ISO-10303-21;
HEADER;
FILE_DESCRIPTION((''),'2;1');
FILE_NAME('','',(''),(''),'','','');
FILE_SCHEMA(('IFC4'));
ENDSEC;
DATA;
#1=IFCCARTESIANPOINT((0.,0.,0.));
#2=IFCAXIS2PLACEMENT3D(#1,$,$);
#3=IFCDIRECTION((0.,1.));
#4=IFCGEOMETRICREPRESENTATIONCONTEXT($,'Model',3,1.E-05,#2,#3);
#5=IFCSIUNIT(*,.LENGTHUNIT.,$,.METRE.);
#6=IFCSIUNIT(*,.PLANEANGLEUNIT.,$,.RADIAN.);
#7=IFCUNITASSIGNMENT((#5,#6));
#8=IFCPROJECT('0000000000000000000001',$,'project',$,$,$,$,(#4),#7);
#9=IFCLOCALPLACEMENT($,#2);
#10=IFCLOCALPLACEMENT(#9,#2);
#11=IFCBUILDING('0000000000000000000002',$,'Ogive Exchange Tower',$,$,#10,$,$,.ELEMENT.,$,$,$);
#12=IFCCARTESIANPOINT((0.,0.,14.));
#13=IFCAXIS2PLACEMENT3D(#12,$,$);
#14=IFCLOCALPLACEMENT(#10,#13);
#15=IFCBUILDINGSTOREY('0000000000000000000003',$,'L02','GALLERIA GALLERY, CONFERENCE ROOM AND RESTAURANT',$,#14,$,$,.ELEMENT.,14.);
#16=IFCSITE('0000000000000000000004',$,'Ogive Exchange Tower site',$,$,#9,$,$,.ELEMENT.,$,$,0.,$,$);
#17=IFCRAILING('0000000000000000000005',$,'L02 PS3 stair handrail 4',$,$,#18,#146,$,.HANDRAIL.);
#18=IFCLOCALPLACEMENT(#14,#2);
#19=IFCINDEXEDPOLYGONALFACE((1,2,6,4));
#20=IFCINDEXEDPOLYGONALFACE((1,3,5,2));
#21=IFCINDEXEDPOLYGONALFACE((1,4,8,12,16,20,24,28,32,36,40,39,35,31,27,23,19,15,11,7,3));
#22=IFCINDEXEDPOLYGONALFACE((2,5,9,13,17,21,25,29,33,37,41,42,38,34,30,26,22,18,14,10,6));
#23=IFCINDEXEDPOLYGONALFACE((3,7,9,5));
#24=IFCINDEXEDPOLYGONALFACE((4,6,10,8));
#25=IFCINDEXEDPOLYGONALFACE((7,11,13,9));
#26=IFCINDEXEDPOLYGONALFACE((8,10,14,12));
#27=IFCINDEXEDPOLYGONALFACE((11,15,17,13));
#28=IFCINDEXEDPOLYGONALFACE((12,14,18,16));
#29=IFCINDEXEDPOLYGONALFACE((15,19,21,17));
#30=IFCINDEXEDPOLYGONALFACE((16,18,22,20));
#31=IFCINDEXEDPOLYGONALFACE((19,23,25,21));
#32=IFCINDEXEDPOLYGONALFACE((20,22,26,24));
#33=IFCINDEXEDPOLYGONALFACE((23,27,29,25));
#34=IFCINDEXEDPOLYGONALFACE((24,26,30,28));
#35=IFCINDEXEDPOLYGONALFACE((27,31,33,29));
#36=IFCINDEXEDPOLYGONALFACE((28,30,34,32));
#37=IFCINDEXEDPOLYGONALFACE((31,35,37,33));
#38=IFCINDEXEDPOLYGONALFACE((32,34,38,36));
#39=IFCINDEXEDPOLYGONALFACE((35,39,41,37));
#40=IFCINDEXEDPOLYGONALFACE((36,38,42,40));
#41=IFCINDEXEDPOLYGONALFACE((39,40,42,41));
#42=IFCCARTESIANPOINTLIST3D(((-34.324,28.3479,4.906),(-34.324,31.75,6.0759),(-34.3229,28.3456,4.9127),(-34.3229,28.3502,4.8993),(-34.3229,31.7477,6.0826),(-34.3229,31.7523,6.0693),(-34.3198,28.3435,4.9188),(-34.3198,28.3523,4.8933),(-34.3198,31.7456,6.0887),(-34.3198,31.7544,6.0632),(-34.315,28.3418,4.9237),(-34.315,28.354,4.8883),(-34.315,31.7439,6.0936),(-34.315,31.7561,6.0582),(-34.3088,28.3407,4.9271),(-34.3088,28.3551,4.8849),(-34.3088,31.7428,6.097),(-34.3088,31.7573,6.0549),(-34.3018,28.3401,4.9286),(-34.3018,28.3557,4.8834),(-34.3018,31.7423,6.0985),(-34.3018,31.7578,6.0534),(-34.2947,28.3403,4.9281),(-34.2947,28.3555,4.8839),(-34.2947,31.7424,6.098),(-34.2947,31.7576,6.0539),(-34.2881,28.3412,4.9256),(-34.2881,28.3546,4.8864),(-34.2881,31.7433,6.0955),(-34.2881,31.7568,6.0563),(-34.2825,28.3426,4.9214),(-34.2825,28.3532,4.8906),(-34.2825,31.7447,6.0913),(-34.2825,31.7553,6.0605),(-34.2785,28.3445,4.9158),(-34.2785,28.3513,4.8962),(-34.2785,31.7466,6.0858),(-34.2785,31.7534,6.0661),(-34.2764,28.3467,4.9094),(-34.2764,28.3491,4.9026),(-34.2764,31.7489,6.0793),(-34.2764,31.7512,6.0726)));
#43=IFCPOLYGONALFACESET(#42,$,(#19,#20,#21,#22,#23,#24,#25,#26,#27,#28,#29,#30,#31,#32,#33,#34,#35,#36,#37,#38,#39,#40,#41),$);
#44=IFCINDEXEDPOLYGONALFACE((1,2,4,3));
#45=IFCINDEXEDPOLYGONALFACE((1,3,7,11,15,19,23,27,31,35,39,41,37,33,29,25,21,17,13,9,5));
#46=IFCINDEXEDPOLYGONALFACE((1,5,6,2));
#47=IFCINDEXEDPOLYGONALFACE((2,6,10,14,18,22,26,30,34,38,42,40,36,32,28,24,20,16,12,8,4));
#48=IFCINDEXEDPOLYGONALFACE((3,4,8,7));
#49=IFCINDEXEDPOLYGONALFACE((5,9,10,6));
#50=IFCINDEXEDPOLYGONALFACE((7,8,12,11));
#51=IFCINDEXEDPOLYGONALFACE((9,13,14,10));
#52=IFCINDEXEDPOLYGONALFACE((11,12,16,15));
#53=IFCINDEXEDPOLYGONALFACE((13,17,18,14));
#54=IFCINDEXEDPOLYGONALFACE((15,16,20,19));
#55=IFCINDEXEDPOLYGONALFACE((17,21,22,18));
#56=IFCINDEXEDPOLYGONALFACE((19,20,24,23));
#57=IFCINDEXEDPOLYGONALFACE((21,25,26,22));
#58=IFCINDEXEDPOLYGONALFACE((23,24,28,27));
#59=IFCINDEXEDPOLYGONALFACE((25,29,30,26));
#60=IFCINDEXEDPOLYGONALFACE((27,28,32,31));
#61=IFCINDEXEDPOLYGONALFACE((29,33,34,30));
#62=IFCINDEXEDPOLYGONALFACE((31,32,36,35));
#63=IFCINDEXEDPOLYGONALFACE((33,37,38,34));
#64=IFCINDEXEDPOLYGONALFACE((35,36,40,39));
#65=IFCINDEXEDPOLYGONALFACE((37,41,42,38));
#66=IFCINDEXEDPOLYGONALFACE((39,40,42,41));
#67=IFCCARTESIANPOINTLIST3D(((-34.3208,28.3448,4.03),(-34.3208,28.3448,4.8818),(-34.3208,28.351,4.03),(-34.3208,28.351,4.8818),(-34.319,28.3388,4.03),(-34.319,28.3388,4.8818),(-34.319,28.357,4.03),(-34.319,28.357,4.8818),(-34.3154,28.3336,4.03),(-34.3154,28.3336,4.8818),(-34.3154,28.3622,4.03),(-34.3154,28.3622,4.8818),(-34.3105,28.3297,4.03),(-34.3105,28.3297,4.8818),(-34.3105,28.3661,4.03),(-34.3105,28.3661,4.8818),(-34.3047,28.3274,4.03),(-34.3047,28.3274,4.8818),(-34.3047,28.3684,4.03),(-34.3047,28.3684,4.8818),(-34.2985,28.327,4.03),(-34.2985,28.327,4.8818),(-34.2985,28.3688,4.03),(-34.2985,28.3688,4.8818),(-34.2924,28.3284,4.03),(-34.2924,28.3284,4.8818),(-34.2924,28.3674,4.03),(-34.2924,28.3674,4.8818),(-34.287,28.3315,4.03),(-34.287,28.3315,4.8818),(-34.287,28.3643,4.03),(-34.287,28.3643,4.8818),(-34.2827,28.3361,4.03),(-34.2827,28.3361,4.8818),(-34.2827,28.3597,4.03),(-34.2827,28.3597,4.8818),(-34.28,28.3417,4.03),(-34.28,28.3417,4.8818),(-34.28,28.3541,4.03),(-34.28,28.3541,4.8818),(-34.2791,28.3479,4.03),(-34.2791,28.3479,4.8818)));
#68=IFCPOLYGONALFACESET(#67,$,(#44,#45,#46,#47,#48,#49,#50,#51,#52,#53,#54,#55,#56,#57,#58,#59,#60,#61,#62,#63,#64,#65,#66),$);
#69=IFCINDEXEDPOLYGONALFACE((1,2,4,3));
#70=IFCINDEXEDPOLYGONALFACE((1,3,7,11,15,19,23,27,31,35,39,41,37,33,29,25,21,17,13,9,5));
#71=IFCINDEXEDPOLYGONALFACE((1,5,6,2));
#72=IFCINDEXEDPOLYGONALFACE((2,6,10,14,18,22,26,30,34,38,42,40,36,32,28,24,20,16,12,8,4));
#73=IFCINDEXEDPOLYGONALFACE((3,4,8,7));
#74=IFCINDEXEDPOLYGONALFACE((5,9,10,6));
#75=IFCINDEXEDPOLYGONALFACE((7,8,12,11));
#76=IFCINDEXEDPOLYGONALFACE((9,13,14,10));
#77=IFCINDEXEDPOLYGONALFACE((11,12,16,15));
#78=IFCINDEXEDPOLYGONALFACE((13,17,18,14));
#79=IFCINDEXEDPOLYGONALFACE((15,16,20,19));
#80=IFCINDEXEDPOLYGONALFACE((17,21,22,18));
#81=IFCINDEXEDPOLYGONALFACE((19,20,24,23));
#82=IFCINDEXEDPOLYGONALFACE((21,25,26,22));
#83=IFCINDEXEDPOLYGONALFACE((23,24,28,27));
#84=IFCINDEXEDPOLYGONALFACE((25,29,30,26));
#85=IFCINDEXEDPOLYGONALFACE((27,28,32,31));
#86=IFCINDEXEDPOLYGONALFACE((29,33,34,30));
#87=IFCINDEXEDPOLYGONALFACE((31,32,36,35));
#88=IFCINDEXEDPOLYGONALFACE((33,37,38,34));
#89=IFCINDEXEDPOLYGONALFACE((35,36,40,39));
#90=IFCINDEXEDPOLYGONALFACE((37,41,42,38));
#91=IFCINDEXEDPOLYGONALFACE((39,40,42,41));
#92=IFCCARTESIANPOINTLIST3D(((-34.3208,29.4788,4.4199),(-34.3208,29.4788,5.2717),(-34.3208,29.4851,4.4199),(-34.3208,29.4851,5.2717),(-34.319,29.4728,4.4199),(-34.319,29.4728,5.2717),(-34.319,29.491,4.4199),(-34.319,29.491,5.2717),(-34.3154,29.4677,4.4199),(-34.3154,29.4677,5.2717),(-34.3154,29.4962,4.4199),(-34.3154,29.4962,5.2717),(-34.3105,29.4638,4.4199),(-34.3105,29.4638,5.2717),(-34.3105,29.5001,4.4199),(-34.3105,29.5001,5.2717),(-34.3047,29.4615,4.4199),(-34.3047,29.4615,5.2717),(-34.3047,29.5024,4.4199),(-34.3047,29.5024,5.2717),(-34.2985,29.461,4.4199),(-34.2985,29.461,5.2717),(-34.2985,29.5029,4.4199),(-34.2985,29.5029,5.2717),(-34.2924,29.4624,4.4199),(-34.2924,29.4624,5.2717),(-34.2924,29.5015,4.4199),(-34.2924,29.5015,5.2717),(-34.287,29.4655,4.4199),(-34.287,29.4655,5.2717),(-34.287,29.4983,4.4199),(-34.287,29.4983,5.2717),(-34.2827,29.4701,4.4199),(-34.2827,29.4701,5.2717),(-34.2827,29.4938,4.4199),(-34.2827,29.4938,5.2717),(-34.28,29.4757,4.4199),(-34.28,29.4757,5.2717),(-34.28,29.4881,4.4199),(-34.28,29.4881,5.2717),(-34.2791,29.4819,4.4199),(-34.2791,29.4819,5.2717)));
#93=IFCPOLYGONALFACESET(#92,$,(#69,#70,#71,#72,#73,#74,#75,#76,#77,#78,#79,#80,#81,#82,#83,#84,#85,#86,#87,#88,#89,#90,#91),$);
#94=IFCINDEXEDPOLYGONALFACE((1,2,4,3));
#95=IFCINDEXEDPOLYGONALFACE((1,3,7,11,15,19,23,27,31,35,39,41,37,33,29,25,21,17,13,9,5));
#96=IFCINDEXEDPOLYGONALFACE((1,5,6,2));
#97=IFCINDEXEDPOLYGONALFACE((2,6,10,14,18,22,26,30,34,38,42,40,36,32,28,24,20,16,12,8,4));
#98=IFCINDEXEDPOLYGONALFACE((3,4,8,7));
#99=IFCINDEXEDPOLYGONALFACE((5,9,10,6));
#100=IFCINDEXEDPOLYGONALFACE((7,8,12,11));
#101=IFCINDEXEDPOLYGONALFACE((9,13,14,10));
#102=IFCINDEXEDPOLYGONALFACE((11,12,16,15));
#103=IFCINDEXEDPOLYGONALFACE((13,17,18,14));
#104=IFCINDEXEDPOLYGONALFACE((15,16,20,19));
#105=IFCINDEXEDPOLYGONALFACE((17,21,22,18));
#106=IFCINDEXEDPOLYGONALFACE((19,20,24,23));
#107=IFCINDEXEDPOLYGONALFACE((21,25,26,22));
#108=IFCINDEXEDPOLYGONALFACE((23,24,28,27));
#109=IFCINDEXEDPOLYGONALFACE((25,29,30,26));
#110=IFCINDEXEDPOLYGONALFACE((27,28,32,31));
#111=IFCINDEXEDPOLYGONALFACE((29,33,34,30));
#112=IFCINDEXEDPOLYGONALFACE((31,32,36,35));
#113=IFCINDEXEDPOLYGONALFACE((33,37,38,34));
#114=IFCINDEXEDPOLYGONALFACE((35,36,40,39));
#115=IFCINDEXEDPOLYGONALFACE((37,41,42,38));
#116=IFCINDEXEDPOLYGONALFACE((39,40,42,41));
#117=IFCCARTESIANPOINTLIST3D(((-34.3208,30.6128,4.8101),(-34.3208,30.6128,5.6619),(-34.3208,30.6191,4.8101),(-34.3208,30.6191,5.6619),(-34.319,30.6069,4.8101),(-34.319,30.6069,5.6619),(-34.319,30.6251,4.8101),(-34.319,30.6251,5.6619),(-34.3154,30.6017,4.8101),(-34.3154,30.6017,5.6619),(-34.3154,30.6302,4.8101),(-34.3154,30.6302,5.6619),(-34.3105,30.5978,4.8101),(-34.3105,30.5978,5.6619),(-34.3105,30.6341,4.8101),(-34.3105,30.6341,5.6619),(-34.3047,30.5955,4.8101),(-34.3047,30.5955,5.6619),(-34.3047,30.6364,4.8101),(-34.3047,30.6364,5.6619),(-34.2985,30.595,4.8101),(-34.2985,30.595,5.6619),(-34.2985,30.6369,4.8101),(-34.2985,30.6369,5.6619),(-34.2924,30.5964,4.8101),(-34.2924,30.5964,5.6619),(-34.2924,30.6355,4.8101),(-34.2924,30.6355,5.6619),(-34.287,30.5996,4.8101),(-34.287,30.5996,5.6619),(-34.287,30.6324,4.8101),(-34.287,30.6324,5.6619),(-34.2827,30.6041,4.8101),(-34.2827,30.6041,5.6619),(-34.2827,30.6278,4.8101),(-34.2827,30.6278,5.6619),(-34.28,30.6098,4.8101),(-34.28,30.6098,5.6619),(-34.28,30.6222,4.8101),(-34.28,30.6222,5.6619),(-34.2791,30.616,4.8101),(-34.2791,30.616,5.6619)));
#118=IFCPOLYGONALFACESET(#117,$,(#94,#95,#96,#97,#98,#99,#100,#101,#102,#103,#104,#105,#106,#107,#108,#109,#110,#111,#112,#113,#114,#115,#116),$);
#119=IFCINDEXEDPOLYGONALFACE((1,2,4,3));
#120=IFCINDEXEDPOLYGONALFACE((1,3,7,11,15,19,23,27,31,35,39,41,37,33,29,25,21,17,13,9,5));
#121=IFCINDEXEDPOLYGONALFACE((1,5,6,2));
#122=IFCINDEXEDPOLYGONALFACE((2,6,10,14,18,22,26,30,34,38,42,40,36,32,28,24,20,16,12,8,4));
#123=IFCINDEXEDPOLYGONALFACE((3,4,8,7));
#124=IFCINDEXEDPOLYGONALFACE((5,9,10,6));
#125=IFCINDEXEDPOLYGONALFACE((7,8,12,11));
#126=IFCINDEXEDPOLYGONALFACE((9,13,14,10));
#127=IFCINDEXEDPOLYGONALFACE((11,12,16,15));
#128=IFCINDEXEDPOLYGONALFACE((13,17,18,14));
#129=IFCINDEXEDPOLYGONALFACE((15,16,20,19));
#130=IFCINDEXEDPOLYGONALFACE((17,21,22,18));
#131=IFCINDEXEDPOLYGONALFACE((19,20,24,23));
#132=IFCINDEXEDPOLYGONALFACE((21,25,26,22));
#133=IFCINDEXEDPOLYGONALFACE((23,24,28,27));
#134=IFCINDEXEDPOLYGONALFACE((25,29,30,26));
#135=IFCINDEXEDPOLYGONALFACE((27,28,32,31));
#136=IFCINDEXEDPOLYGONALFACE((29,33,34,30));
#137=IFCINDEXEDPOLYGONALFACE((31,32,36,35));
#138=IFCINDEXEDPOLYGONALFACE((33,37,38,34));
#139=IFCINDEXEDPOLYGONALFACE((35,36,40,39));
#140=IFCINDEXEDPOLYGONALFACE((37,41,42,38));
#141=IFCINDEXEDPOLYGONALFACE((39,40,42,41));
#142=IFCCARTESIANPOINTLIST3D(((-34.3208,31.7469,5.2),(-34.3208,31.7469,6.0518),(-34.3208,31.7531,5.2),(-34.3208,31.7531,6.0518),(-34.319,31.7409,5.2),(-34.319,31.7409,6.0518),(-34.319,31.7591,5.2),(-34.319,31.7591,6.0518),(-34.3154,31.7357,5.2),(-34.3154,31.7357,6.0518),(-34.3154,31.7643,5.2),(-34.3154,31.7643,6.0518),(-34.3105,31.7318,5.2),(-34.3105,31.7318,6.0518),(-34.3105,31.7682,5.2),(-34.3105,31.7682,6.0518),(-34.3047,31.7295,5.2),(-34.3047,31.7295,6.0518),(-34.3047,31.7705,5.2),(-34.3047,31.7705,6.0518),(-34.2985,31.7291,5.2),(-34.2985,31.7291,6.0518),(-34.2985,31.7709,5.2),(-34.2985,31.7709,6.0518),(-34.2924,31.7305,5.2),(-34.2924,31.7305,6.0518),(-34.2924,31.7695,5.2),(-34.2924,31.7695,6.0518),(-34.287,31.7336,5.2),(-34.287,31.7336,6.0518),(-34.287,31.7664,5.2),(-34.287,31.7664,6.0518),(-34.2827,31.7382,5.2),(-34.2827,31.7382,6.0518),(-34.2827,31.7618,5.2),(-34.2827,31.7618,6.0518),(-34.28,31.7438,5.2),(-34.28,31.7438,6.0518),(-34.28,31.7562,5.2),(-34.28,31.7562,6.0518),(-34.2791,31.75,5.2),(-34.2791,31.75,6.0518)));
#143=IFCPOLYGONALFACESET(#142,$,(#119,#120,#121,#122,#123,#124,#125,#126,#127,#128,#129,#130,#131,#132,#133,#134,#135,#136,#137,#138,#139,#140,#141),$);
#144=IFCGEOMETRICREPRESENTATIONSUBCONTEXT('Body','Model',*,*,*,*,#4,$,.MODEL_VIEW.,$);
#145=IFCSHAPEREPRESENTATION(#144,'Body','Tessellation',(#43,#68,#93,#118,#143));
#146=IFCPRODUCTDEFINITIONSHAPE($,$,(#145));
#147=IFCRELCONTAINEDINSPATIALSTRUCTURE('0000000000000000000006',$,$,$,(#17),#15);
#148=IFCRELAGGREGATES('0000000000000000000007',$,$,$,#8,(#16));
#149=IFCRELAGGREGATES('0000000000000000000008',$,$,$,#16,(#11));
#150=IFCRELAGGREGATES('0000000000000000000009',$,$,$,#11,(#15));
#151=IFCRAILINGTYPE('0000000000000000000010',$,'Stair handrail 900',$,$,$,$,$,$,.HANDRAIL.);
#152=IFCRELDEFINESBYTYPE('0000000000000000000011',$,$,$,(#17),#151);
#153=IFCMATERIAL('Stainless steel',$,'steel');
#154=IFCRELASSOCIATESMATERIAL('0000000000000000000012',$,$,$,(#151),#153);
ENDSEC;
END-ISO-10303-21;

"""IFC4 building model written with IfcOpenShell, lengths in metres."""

from ifc_helpers import new_model, si_unit, direction, frame, origin, origin_2d, place, context, subcontext, project, spatial, circle, extrude, material, type_object, element, save


model = new_model("IFC4")

# Units and contexts
model_context = context("Model", 3, precision=1e-05, world=origin(), true_north=direction((0.0, 1.0)))
body_context = subcontext(model_context, "Body", "Model", "MODEL_VIEW")
ifc_project = project(units=[si_unit("LENGTHUNIT", "METRE"), si_unit("PLANEANGLEUNIT", "RADIAN")], contexts=[model_context])

# Site, building, storey
site_placement = place(None, origin())
site = spatial("IfcSite", under=ifc_project, at=site_placement, Name="Ogive Exchange Tower site", CompositionType="ELEMENT", RefElevation=0.0)
building_placement = place(site_placement, origin())
building = spatial("IfcBuilding", under=site, at=building_placement, Name="Ogive Exchange Tower", CompositionType="ELEMENT")
storey_placement = place(building_placement, frame((0.0, 0.0, 14.0)))
storey = spatial("IfcBuildingStorey", under=building, at=storey_placement, Name="L02", Description="GALLERIA GALLERY, CONFERENCE ROOM AND RESTAURANT", CompositionType="ELEMENT", Elevation=14.0)

# Railing
ifc_material_1 = material(Name="Stainless steel", Category="steel")
railing_type = type_object("IfcRailingType", Name="Stair handrail 900", PredefinedType="HANDRAIL", material=ifc_material_1)
railing_1_placement = place(storey_placement, frame((-34.3, 28.3479, 4.03)))
element("IfcRailing", 1, at=railing_1_placement, inside=storey, type_object=railing_type, Name="L02 PS3 stair handrail 4", PredefinedType="HANDRAIL", context=body_context, shape_type="SweptSolid", body=[
    extrude(circle(Radius=0.0239, at=origin_2d()), frame((0.0, 0.0, 0.876), z_axis=(0.0, 0.945648, 0.325192), x_axis=(-1.0, 0.0, 0.0)), (0.0, 0.0, 1.0), 3.5977),
    extrude(circle(Radius=0.021, at=origin_2d()), origin(), (0.0, 0.0, 1.0), 0.8518),
    extrude(circle(Radius=0.021, at=origin_2d()), frame((0.0, 1.134, 0.3899)), (0.0, 0.0, 1.0), 0.8518),
    extrude(circle(Radius=0.021, at=origin_2d()), frame((0.0, 2.2681, 0.78)), (0.0, 0.0, 1.0), 0.8518),
    extrude(circle(Radius=0.021, at=origin_2d()), frame((0.0, 3.4021, 1.1699)), (0.0, 0.0, 1.0), 0.8518),
])

save(model, "model.ifc")
